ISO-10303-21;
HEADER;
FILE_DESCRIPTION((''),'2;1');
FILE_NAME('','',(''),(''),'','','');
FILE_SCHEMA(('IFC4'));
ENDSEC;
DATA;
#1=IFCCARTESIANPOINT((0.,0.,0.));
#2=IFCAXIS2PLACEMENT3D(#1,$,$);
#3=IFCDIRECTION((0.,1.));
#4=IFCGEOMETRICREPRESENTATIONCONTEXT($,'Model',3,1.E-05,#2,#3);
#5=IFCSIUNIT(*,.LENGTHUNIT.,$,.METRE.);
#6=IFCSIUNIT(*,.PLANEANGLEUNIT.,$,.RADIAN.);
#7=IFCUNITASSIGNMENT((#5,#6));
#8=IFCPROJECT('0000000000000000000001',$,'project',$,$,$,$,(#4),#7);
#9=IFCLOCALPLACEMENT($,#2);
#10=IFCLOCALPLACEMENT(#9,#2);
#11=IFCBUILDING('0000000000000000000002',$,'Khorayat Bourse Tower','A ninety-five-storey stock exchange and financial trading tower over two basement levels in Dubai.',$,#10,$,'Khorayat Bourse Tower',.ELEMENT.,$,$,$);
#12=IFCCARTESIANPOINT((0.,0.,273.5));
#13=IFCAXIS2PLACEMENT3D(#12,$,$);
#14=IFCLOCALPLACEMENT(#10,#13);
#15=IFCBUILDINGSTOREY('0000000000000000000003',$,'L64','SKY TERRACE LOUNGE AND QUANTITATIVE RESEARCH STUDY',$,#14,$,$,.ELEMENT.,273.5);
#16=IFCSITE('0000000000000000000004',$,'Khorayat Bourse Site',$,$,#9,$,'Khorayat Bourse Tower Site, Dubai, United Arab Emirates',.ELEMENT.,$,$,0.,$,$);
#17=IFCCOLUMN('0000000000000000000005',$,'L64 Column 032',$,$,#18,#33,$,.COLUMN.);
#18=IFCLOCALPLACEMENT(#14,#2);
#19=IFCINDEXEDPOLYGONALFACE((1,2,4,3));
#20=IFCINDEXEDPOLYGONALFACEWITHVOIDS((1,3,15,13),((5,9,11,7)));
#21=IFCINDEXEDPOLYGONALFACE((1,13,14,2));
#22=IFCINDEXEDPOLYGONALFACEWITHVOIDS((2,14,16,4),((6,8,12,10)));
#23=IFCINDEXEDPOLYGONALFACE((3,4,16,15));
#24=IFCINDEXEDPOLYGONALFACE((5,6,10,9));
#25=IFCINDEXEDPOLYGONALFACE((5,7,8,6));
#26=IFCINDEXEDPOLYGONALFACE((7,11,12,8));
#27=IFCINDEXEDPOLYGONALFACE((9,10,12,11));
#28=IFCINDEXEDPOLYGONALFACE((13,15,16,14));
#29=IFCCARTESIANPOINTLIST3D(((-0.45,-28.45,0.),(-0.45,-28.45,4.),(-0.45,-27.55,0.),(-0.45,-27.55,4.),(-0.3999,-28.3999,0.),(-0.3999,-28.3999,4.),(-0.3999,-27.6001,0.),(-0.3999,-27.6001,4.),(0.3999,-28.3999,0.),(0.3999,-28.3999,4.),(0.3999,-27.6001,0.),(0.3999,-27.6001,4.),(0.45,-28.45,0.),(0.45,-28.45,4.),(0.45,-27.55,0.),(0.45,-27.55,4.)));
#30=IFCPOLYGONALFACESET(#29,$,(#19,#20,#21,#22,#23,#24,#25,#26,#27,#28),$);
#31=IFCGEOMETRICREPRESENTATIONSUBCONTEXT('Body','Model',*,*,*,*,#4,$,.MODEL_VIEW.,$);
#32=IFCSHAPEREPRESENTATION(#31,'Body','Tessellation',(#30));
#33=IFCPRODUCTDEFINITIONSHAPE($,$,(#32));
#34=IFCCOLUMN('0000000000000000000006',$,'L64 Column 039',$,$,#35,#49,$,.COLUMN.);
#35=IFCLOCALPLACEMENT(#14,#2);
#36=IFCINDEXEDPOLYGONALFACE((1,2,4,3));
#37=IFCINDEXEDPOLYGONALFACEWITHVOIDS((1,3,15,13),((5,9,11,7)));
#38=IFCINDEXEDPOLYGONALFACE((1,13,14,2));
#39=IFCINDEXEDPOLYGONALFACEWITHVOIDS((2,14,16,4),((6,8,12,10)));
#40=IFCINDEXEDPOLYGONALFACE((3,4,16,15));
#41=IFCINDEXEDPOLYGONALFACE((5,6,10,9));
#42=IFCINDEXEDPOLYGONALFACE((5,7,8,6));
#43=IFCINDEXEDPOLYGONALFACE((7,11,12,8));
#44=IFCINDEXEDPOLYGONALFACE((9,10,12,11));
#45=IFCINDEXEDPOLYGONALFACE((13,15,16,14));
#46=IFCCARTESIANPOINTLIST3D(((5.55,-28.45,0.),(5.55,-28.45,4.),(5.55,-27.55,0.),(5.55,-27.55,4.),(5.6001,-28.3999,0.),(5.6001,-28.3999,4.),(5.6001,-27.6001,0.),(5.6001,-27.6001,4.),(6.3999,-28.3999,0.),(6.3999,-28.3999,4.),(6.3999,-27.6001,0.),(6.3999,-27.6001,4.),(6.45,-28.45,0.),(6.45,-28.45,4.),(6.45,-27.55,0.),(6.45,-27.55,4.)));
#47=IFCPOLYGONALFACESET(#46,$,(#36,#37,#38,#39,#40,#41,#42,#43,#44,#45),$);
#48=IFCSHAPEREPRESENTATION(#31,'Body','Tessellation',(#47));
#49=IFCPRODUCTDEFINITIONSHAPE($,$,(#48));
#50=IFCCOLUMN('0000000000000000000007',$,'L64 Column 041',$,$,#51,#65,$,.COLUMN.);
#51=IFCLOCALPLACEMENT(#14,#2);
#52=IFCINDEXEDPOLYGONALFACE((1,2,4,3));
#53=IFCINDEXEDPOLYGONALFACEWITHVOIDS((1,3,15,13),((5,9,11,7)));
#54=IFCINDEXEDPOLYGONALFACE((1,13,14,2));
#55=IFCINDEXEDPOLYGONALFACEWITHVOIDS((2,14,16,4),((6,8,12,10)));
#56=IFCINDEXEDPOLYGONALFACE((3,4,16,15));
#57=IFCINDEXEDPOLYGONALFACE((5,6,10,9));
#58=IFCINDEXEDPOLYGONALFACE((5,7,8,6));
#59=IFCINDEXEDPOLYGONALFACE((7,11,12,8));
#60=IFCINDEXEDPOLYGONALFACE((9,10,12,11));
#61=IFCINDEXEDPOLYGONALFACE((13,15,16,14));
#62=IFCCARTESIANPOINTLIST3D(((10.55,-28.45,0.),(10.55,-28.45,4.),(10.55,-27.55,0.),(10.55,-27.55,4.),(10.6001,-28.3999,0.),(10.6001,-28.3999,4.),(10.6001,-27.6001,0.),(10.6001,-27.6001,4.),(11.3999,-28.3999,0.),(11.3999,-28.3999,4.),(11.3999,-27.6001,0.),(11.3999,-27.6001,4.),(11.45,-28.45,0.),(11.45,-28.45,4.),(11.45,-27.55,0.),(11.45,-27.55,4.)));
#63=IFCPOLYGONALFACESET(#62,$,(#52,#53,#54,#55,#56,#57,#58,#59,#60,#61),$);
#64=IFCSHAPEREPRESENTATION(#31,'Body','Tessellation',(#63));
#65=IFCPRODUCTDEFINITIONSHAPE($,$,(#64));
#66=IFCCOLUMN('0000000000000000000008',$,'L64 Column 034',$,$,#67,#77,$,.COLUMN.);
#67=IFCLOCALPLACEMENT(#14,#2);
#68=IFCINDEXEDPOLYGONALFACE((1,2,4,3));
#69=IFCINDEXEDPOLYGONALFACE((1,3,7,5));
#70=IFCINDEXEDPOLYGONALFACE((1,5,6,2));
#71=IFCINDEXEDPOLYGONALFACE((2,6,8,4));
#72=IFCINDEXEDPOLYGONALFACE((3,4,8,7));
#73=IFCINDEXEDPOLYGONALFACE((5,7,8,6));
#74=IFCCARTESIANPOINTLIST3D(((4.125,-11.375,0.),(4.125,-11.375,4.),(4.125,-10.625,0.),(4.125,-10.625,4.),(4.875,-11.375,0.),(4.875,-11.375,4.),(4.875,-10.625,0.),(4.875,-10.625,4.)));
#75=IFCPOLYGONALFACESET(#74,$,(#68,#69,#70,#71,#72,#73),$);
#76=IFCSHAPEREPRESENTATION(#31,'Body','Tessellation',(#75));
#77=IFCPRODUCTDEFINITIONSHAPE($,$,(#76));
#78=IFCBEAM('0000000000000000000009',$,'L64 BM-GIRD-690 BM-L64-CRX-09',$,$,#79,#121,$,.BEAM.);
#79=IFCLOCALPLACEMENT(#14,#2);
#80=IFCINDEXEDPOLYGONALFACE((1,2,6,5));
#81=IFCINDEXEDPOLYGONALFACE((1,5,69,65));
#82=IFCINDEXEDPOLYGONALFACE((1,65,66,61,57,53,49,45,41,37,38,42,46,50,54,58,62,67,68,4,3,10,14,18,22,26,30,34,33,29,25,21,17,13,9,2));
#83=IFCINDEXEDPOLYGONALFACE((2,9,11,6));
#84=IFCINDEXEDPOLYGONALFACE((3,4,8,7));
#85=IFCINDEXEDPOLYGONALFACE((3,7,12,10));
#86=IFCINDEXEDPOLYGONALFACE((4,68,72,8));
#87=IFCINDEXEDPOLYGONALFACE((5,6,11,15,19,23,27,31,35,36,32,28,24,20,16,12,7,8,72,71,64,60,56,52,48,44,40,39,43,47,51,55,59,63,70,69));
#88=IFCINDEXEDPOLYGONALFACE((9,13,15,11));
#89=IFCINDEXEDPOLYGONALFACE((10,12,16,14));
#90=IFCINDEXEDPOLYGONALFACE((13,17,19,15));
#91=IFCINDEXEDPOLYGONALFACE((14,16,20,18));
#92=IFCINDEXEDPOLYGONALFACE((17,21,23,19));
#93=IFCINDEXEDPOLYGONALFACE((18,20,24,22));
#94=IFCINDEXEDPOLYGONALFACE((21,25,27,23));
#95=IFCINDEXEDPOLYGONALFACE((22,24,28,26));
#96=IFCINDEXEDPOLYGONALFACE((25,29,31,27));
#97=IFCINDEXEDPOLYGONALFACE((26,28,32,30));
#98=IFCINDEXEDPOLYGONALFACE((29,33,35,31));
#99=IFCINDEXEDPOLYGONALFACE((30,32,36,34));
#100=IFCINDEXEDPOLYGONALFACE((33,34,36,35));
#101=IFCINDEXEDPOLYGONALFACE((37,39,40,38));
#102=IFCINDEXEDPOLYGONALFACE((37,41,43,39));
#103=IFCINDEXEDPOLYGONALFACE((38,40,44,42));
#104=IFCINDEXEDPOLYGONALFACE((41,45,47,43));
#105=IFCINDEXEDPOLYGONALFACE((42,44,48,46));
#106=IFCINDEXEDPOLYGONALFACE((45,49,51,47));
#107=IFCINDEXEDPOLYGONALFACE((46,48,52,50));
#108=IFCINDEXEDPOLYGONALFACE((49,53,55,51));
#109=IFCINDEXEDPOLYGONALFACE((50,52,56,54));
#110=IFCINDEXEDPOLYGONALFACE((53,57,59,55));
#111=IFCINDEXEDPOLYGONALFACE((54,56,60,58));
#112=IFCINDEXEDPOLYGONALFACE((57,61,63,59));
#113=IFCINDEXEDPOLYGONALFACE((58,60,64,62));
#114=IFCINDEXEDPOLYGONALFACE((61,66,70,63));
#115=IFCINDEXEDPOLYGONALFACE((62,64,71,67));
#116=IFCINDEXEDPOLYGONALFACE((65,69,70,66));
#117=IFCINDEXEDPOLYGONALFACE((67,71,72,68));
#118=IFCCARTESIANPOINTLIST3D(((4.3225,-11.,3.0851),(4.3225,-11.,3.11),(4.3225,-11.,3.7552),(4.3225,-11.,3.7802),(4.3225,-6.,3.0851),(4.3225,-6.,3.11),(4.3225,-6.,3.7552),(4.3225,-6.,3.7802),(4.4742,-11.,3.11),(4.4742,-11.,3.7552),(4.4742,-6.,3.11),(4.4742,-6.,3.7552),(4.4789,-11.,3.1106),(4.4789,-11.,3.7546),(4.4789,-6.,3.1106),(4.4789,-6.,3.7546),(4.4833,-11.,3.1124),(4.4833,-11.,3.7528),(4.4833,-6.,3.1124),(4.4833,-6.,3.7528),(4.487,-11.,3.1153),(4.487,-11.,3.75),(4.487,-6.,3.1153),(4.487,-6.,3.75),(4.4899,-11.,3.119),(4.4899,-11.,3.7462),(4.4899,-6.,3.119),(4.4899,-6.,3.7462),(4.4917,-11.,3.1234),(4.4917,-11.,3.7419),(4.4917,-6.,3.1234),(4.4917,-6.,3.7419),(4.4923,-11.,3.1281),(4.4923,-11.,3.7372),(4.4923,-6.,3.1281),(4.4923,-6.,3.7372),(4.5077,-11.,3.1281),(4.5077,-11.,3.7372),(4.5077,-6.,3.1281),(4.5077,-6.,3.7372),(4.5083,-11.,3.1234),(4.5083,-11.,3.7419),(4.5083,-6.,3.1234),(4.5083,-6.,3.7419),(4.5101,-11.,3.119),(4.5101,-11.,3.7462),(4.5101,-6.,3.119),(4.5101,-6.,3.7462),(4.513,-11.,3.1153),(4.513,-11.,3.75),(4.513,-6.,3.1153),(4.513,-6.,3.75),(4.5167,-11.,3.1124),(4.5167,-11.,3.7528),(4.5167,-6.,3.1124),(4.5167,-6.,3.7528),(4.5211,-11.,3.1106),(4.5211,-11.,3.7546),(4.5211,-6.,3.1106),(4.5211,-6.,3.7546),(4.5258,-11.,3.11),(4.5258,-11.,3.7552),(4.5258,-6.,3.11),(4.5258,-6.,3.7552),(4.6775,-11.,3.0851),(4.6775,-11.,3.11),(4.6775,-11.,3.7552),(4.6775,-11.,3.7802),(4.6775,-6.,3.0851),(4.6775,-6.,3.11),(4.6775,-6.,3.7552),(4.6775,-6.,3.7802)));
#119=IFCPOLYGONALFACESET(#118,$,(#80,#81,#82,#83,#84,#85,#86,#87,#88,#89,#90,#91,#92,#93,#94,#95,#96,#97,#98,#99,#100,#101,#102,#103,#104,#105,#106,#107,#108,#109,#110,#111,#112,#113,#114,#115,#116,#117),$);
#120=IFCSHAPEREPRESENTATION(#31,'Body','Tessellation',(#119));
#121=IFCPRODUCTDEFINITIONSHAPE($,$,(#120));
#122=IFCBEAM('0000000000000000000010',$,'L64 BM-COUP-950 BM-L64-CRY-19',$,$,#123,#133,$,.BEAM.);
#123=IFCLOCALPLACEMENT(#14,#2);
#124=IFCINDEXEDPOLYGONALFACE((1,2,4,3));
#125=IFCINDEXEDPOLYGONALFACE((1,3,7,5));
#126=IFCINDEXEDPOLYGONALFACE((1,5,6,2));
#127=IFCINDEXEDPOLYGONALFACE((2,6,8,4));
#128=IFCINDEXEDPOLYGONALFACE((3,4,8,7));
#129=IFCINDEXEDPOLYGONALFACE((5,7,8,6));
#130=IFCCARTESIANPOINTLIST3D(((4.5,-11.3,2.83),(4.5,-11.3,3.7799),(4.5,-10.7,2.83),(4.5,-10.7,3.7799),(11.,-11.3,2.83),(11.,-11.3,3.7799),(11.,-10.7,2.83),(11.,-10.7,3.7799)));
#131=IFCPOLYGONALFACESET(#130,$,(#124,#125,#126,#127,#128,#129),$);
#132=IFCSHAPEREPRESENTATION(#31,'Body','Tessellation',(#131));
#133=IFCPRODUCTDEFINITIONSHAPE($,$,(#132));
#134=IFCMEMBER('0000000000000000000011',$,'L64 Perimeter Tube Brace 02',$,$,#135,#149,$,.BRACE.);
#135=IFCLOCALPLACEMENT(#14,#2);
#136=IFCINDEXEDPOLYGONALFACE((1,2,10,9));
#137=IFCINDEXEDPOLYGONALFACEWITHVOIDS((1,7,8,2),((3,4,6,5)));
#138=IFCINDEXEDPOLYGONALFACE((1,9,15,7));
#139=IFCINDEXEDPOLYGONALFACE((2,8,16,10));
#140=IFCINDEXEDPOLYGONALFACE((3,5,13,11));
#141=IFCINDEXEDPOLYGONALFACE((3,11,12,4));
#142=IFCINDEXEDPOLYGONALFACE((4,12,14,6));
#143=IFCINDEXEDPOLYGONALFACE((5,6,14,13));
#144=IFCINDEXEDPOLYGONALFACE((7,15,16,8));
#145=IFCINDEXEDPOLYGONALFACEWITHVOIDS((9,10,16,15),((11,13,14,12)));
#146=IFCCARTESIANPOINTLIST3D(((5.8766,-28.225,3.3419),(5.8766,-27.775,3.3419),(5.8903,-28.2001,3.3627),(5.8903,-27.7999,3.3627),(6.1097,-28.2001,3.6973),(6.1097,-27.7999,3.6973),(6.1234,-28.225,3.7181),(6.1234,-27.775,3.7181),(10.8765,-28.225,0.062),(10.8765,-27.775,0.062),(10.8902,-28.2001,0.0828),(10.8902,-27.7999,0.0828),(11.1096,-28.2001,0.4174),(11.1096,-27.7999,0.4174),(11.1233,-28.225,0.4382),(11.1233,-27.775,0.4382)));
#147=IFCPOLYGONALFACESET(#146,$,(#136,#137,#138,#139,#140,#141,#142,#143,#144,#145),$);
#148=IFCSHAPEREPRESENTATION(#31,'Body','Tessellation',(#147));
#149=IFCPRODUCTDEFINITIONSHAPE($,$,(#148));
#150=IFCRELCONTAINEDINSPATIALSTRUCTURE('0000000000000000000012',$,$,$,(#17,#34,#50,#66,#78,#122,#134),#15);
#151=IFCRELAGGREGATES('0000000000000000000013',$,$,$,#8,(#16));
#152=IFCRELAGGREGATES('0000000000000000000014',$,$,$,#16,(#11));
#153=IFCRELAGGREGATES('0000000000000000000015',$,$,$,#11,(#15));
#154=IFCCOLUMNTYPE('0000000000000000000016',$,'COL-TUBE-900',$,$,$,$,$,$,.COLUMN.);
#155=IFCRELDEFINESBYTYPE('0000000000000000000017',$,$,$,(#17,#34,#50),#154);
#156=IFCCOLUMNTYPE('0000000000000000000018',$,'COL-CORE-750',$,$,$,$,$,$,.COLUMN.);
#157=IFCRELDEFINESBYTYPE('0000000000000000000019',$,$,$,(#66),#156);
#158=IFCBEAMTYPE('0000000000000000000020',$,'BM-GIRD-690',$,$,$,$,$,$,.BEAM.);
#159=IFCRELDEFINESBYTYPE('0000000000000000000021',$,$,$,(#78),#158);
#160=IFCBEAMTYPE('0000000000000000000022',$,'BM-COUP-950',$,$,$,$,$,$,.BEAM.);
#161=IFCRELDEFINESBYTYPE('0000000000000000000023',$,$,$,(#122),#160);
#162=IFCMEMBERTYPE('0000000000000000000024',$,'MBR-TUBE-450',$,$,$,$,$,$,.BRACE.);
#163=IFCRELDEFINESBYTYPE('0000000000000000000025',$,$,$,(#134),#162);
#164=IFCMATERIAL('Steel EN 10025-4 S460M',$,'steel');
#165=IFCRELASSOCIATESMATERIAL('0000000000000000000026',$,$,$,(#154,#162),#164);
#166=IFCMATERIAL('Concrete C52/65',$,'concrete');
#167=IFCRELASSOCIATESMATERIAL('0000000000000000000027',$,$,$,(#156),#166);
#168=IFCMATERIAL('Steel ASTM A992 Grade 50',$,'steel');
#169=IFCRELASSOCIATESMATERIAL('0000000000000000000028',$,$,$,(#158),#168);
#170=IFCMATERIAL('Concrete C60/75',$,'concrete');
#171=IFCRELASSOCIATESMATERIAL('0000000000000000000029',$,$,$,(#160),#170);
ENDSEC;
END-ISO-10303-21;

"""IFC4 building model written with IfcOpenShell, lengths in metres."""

from ifc_helpers import new_model, si_unit, direction, frame, origin, origin_2d, place, context, subcontext, project, spatial, rectangle, hollow_rectangle, i_section, extrude, source, transform, mapped, material, material_profile, profile_set, type_object, element, save


model = new_model("IFC4")

# Units and contexts
model_context = context("Model", 3, precision=1e-05, world=origin(), true_north=direction((0.0, 1.0)))
body_context = subcontext(model_context, "Body", "Model", "MODEL_VIEW")
ifc_project = project(units=[si_unit("LENGTHUNIT", "METRE"), si_unit("PLANEANGLEUNIT", "RADIAN")], contexts=[model_context])

# Site, building, storey
site_placement = place(None, origin())
site = spatial("IfcSite", under=ifc_project, at=site_placement, Name="Khorayat Bourse Site", LongName="Khorayat Bourse Tower Site, Dubai, United Arab Emirates", CompositionType="ELEMENT", RefElevation=0.0)
building_placement = place(site_placement, origin())
building = spatial("IfcBuilding", under=site, at=building_placement, Name="Khorayat Bourse Tower", Description="A ninety-five-storey stock exchange and financial trading tower over two basement levels in Dubai.", LongName="Khorayat Bourse Tower", CompositionType="ELEMENT")
storey_placement = place(building_placement, frame((0.0, 0.0, 273.5)))
storey = spatial("IfcBuildingStorey", under=building, at=storey_placement, Name="L64", Description="SKY TERRACE LOUNGE AND QUANTITATIVE RESEARCH STUDY", CompositionType="ELEMENT", Elevation=273.5)

# Columns
ifc_material_1 = material(Name="Steel EN 10025-4 S460M", Category="steel")
ifc_material_profile_1 = material_profile(ifc_material_1, hollow_rectangle(XDim=0.8999, YDim=0.8999, WallThickness=0.05, at=origin_2d()), Name="BOX 900x900x50")
ifc_profile_set_1 = profile_set([ifc_material_profile_1], Name="Steel EN 10025-4 S460M")
column_type_1 = type_object("IfcColumnType", Name="COL-TUBE-900", PredefinedType="COLUMN", material=ifc_profile_set_1)
shared_shape_1 = source(origin(), body_context, "Body", "SweptSolid", [
    extrude(hollow_rectangle(XDim=0.8999, YDim=0.8999, WallThickness=0.05, at=origin_2d()), origin(), (0.0, 0.0, 1.0), 4.0),
])
for number, where, z_axis, x_axis, name in (
    (1, (0.0, -28.0, 0.0), (0.0, 0.0, 1.0), (1.0, 0.0, 0.0), "L64 Column 032"),
    (2, (6.0, -28.0, 0.0), (0.0, 0.0, 1.0), (1.0, 0.0, 0.0), "L64 Column 039"),
    (3, (11.0, -28.0, 0.0), (0.0, 0.0, 1.0), (1.0, 0.0, 0.0), "L64 Column 041"),
):
    element("IfcColumn", number, at=place(storey_placement, frame(where, z_axis=z_axis, x_axis=x_axis)), inside=storey, type_object=column_type_1, Name=name, PredefinedType="COLUMN", context=body_context, shape_type="MappedRepresentation", body=[
        mapped(shared_shape_1, transform((0.0, 0.0, 0.0), scale=1.0)),
    ])
ifc_material_2 = material(Name="Concrete C52/65", Category="concrete")
ifc_material_profile_2 = material_profile(ifc_material_2, rectangle(XDim=0.75, YDim=0.75, at=origin_2d()), Name="RC 750x750")
ifc_profile_set_2 = profile_set([ifc_material_profile_2], Name="Concrete C52/65")
column_type_2 = type_object("IfcColumnType", Name="COL-CORE-750", PredefinedType="COLUMN", material=ifc_profile_set_2)
shared_shape_2 = source(origin(), body_context, "Body", "SweptSolid", [
    extrude(rectangle(XDim=0.75, YDim=0.75, at=origin_2d()), origin(), (0.0, 0.0, 1.0), 4.0),
])
column_placement = place(storey_placement, frame((4.5, -11.0, 0.0), z_axis=(0.0, 0.0, 1.0), x_axis=(1.0, 0.0, 0.0)))
element("IfcColumn", 4, at=column_placement, inside=storey, type_object=column_type_2, Name="L64 Column 034", PredefinedType="COLUMN", context=body_context, shape_type="MappedRepresentation", body=[
    mapped(shared_shape_2, transform((0.0, 0.0, 0.0), scale=1.0)),
])

# Beams
ifc_material_3 = material(Name="Steel ASTM A992 Grade 50", Category="steel")
ifc_material_profile_3 = material_profile(ifc_material_3, i_section(OverallWidth=0.355, OverallDepth=0.6951, WebThickness=0.0154, FlangeThickness=0.0249, FilletRadius=0.0181, at=origin_2d()), Name="W690X217")
ifc_profile_set_3 = profile_set([ifc_material_profile_3], Name="Steel ASTM A992 Grade 50")
beam_type_1 = type_object("IfcBeamType", Name="BM-GIRD-690", PredefinedType="BEAM", material=ifc_profile_set_3)
shared_shape_3 = source(origin(), body_context, "Body", "SweptSolid", [
    extrude(i_section(OverallWidth=0.355, OverallDepth=0.6951, WebThickness=0.0154, FlangeThickness=0.0249, FilletRadius=0.0181, at=origin_2d()), origin(), (0.0, 0.0, 1.0), 5.0),
])
beam_1_placement = place(storey_placement, frame((4.5, -11.0, 3.4326), z_axis=(0.0, 1.0, 0.0), x_axis=(-1.0, 0.0, 0.0)))
element("IfcBeam", 5, at=beam_1_placement, inside=storey, type_object=beam_type_1, Name="L64 BM-GIRD-690 BM-L64-CRX-09", PredefinedType="BEAM", context=body_context, shape_type="MappedRepresentation", body=[
    mapped(shared_shape_3, transform((0.0, 0.0, 0.0), scale=1.0)),
])
ifc_material_4 = material(Name="Concrete C60/75", Category="concrete")
ifc_material_profile_4 = material_profile(ifc_material_4, rectangle(XDim=0.6001, YDim=0.95, at=origin_2d()), Name="RC 600x950")
ifc_profile_set_4 = profile_set([ifc_material_profile_4], Name="Concrete C60/75")
beam_type_2 = type_object("IfcBeamType", Name="BM-COUP-950", PredefinedType="BEAM", material=ifc_profile_set_4)
shared_shape_4 = source(origin(), body_context, "Body", "SweptSolid", [
    extrude(rectangle(XDim=0.6001, YDim=0.95, at=origin_2d()), origin(), (0.0, 0.0, 1.0), 6.5),
])
beam_2_placement = place(storey_placement, frame((4.5, -11.0, 3.3049), z_axis=(1.0, 0.0, 0.0), x_axis=(0.0, 1.0, 0.0)))
element("IfcBeam", 6, at=beam_2_placement, inside=storey, type_object=beam_type_2, Name="L64 BM-COUP-950 BM-L64-CRY-19", PredefinedType="BEAM", context=body_context, shape_type="MappedRepresentation", body=[
    mapped(shared_shape_4, transform((0.0, 0.0, 0.0), scale=1.0)),
])

# Member
ifc_material_profile_5 = material_profile(ifc_material_1, hollow_rectangle(XDim=0.45, YDim=0.45, WallThickness=0.0249, at=origin_2d()), Name="HSS 450x450x25")
ifc_profile_set_5 = profile_set([ifc_material_profile_5], Name="Steel EN 10025-4 S460M")
member_type_1 = type_object("IfcMemberType", Name="MBR-TUBE-450", PredefinedType="BRACE", material=ifc_profile_set_5)
shared_shape_5 = source(origin(), body_context, "Body", "SweptSolid", [
    extrude(hollow_rectangle(XDim=0.45, YDim=0.45, WallThickness=0.0249, at=origin_2d()), origin(), (0.0, 0.0, 1.0), 5.9797),
])
member_1_placement = place(storey_placement, frame((6.0, -28.0, 3.53), z_axis=(0.836142, 0.0, -0.548514), x_axis=(0.0, 1.0, 0.0)))
element("IfcMember", 7, at=member_1_placement, inside=storey, type_object=member_type_1, Name="L64 Perimeter Tube Brace 02", PredefinedType="BRACE", context=body_context, shape_type="MappedRepresentation", body=[
    mapped(shared_shape_5, transform((0.0, 0.0, 0.0), scale=1.0)),
])

save(model, "model.ifc")
